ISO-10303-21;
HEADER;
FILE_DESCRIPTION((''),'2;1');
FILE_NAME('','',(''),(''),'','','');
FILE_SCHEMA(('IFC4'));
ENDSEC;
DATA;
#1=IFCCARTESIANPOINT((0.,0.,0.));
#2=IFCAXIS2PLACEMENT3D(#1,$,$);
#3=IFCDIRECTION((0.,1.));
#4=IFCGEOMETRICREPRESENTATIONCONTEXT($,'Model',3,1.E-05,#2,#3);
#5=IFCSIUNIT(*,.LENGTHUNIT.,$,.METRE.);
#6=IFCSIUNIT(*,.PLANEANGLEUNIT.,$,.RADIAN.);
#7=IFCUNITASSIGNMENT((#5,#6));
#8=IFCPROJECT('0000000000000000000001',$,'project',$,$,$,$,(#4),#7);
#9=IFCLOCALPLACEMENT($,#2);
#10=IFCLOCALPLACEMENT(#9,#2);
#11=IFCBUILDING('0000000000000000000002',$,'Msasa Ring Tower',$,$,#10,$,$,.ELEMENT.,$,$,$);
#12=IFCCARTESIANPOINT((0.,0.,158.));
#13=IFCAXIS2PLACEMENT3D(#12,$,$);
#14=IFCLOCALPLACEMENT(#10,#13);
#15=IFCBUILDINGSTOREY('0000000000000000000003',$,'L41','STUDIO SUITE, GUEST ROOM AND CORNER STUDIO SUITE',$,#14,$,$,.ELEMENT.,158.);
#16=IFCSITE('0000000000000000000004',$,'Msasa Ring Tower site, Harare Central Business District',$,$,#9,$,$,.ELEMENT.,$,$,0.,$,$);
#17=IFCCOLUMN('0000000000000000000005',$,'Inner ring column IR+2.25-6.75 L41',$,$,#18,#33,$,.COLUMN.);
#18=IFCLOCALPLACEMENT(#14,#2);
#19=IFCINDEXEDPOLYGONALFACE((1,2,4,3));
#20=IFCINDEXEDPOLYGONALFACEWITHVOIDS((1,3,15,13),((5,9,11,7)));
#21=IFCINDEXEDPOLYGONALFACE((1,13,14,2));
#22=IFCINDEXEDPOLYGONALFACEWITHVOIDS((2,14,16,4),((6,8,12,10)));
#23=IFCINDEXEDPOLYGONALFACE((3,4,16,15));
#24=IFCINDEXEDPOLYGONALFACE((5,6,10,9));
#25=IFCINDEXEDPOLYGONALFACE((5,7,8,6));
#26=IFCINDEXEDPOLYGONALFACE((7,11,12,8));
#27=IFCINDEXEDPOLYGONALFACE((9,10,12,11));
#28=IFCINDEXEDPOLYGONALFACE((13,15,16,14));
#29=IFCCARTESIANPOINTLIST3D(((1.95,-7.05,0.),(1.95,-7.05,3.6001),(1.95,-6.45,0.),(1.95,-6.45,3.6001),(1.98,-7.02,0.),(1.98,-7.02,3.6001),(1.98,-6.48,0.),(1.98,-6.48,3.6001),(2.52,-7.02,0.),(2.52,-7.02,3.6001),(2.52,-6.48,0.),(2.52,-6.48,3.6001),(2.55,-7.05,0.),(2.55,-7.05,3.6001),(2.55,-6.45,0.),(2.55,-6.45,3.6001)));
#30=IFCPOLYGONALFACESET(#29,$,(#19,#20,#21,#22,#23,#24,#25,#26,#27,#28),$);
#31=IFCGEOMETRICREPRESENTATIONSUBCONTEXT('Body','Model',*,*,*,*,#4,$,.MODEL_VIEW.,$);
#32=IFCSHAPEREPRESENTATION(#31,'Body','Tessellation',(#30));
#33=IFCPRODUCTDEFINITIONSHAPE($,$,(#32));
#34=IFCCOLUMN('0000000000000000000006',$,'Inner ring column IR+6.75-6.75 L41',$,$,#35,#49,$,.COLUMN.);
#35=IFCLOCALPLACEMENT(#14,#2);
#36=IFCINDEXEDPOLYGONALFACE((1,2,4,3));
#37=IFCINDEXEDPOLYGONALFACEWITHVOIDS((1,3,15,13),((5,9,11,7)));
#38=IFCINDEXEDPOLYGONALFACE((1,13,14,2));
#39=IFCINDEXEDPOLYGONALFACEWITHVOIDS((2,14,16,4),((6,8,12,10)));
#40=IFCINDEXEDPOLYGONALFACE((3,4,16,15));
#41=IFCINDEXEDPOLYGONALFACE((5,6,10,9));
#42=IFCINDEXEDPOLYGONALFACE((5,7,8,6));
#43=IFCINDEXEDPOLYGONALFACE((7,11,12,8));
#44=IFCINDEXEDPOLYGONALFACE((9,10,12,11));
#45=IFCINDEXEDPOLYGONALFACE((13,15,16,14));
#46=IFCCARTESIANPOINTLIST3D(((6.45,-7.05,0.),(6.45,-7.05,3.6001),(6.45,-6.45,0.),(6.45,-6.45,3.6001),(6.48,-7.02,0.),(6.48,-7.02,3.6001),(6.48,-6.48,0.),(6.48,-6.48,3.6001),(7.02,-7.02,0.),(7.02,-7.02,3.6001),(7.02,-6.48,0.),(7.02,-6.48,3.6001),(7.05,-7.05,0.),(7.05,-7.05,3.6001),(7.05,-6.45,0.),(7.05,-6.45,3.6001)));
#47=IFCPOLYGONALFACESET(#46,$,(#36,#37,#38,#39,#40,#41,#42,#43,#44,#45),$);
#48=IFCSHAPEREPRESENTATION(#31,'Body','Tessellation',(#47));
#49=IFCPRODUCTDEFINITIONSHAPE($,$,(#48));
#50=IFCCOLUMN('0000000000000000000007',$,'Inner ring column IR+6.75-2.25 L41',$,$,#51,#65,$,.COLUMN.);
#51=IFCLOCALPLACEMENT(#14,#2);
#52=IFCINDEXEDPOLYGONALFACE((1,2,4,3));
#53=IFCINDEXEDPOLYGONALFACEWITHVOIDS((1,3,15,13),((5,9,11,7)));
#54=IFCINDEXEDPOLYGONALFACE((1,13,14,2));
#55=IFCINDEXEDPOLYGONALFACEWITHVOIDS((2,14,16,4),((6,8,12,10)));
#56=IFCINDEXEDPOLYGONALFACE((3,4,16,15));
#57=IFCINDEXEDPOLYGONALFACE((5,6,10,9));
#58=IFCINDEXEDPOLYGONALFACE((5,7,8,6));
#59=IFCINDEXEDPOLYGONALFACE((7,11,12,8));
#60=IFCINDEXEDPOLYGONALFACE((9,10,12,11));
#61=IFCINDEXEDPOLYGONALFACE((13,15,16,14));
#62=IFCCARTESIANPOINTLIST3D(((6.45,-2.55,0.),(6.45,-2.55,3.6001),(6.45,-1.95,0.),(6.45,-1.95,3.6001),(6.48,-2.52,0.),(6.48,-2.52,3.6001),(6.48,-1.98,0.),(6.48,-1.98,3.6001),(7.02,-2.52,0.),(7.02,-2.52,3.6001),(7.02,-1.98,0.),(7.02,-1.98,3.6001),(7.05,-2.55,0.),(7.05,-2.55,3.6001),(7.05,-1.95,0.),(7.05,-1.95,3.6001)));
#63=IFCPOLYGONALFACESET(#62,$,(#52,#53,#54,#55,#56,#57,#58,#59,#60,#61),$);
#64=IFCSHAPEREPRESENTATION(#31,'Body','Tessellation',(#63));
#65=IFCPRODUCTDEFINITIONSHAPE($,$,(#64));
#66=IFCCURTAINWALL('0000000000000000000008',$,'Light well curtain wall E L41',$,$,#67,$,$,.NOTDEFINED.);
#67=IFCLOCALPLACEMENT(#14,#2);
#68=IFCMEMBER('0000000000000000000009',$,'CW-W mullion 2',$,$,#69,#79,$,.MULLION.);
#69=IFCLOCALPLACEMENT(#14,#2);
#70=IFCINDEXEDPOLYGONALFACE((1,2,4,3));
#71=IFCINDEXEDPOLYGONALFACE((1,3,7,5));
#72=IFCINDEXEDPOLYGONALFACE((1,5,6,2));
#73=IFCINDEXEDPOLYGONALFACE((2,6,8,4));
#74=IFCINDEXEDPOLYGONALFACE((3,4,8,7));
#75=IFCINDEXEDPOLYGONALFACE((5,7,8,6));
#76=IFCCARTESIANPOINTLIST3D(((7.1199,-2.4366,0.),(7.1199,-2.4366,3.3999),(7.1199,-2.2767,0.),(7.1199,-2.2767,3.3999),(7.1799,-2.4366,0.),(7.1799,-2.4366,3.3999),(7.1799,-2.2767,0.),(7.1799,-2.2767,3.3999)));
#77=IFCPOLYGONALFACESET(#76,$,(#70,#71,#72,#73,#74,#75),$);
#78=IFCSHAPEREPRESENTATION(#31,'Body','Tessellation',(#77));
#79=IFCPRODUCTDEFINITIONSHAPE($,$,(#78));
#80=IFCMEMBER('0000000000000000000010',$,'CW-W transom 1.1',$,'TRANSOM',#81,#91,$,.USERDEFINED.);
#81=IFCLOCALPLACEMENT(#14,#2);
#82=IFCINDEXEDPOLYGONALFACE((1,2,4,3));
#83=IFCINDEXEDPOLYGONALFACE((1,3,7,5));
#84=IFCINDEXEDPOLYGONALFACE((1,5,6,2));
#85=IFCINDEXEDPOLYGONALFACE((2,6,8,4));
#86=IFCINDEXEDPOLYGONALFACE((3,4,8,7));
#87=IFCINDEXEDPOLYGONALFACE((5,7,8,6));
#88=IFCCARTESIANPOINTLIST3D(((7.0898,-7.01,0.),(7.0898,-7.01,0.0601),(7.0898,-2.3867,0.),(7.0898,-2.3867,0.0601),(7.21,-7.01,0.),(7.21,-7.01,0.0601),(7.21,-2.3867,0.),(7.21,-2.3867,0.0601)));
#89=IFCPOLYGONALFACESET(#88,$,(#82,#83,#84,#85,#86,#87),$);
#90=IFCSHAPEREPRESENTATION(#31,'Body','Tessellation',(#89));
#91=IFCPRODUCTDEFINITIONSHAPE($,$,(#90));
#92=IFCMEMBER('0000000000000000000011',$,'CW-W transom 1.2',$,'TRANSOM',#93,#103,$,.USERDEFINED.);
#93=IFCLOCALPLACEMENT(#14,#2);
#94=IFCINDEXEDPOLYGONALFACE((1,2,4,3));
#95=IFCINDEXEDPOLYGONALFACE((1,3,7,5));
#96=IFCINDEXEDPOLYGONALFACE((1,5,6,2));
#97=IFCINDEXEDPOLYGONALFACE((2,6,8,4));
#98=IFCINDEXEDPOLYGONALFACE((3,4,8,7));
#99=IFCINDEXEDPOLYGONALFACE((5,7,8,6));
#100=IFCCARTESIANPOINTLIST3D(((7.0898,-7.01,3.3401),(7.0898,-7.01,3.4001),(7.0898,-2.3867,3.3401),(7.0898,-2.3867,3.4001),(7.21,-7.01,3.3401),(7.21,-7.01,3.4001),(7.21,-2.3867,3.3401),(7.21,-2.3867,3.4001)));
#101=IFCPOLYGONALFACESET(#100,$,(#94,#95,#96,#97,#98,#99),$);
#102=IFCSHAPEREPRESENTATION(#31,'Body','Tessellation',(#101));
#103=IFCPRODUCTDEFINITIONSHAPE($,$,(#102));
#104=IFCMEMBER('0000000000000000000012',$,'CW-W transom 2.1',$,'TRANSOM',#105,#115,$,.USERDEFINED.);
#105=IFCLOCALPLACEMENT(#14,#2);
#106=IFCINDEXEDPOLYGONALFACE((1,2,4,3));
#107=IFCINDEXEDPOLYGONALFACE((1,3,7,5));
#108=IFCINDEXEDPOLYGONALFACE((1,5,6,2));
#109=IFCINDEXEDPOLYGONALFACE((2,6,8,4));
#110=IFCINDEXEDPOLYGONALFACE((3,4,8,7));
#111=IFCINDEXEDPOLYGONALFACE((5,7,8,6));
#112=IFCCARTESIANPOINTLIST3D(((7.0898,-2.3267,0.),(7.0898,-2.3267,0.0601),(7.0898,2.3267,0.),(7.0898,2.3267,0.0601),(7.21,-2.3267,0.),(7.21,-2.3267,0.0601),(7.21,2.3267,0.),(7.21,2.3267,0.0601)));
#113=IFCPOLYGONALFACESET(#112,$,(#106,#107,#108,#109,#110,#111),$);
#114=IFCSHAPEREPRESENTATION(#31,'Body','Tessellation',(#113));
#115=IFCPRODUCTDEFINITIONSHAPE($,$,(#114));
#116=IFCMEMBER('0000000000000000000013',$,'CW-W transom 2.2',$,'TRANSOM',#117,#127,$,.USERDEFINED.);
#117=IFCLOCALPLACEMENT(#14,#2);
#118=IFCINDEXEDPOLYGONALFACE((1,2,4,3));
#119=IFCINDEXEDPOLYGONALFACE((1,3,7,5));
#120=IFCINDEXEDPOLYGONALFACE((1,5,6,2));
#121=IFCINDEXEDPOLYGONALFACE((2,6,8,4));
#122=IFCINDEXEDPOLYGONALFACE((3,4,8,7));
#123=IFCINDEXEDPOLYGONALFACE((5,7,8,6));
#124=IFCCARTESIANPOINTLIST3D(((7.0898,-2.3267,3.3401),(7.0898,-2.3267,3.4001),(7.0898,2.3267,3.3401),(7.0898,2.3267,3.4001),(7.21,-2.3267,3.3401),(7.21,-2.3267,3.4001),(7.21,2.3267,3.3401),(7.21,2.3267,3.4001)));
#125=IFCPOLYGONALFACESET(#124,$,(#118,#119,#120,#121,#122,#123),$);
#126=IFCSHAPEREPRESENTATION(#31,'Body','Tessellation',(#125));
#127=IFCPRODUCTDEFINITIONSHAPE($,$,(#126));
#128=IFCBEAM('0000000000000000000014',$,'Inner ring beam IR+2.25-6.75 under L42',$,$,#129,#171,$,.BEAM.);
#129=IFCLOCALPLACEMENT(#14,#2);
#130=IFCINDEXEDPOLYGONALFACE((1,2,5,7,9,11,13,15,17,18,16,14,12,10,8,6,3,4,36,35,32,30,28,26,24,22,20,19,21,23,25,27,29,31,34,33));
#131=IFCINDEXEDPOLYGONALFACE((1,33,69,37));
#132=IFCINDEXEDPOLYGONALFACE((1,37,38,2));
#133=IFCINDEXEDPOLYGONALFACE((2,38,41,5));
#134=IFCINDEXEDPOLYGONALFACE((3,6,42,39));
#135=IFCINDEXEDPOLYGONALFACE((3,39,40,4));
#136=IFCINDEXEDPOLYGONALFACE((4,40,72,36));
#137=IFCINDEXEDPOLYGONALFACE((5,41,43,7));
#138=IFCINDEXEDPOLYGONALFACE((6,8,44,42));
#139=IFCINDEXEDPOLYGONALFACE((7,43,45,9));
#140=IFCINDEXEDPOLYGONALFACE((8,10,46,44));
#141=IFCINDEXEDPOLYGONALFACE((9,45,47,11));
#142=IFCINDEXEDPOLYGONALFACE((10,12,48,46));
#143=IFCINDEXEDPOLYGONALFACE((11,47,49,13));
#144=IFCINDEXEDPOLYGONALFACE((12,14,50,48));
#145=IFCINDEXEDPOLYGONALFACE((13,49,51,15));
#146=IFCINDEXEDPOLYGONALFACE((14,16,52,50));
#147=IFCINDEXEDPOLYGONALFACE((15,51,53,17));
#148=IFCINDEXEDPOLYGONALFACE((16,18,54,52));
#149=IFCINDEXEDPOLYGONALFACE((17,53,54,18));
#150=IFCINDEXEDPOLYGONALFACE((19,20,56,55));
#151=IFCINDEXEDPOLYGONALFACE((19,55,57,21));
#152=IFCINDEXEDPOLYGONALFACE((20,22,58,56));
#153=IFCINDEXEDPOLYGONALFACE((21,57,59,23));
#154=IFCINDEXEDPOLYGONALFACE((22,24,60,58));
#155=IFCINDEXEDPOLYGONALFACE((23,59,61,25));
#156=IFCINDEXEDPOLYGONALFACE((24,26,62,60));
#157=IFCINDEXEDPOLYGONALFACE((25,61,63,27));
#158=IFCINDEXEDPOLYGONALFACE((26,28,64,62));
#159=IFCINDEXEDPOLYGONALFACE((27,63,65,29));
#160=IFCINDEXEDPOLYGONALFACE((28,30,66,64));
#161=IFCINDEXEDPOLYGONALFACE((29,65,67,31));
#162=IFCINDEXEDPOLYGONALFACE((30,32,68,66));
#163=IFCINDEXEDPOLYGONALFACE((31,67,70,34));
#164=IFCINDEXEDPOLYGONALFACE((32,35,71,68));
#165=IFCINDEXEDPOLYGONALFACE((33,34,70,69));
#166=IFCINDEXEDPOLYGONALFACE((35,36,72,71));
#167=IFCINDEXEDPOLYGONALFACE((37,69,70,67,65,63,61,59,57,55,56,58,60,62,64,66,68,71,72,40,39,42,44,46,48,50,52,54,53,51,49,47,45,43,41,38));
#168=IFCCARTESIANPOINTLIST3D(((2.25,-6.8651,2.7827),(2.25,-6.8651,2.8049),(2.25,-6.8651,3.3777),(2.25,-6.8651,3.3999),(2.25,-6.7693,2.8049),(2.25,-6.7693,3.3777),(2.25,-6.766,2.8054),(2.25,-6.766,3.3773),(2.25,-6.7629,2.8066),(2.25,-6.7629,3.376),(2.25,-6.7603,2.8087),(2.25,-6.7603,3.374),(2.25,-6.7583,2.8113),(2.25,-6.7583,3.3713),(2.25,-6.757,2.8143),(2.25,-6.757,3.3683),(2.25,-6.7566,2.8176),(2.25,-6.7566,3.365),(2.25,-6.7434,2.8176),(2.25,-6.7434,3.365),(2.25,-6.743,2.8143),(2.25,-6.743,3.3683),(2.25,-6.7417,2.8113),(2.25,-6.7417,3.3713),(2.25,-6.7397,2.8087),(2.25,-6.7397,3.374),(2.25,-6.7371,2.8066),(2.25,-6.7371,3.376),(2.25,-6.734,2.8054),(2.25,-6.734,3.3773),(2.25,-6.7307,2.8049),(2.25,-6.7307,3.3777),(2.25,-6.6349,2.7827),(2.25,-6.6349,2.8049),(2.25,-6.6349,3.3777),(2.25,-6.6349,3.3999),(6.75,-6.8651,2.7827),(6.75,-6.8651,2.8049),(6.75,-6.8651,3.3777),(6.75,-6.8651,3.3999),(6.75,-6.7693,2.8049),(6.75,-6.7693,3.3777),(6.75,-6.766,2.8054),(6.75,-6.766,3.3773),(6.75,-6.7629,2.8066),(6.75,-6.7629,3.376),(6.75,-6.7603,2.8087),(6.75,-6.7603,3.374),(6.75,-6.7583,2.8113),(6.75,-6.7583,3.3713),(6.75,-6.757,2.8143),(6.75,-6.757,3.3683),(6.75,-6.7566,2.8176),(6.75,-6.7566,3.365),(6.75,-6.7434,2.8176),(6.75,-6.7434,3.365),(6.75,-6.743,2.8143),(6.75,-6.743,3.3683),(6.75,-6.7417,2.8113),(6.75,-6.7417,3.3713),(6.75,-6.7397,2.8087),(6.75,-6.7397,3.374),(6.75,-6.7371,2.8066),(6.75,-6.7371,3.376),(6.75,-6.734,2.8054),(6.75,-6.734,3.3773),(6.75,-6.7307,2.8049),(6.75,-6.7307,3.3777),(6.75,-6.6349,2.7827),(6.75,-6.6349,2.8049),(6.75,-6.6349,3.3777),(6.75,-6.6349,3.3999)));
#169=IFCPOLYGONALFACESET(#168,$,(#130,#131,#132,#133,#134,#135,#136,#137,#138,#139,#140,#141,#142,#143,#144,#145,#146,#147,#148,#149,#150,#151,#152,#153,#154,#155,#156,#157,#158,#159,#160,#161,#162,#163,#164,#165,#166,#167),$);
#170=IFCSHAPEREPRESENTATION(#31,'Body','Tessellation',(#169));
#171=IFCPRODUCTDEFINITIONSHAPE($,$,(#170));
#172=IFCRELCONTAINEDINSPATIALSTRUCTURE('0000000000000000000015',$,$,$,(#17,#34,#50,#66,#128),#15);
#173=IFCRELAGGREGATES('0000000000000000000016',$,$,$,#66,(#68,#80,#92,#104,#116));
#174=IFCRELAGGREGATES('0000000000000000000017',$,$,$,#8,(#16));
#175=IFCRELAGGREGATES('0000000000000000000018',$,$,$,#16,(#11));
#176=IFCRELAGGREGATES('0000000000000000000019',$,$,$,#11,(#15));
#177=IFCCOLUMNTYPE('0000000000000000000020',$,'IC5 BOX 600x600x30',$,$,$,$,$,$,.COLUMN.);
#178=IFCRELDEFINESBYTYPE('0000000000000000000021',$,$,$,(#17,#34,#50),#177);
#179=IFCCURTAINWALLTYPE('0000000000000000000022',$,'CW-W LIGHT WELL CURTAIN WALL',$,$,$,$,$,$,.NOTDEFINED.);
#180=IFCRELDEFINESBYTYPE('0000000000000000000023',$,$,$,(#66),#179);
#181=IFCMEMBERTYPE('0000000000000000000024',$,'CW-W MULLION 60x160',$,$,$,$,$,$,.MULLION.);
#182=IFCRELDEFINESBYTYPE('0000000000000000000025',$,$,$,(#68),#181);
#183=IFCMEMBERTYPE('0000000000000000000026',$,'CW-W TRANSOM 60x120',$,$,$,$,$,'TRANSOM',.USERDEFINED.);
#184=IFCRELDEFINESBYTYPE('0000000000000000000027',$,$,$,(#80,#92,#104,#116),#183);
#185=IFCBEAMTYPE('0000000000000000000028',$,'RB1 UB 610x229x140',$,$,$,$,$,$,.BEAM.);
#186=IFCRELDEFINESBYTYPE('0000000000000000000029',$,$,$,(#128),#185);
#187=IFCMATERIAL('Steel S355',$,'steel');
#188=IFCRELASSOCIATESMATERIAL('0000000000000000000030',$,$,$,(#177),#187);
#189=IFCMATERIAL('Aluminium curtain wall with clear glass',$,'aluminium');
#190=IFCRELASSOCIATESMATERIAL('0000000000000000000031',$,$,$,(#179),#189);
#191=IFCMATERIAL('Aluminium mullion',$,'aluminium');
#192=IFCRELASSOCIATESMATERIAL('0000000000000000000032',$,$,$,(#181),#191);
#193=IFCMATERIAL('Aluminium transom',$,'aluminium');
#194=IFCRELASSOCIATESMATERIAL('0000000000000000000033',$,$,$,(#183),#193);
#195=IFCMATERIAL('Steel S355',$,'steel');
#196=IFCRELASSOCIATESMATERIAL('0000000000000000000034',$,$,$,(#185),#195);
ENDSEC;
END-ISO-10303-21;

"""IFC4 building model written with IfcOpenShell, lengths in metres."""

from ifc_helpers import new_model, si_unit, direction, frame, origin, origin_2d, place, context, subcontext, project, spatial, rectangle, hollow_rectangle, i_section, extrude, material, material_profile, profile_set, type_object, element, aggregate, save


model = new_model("IFC4")

# Units and contexts
model_context = context("Model", 3, precision=1e-05, world=origin(), true_north=direction((0.0, 1.0)))
body_context = subcontext(model_context, "Body", "Model", "MODEL_VIEW")
ifc_project = project(units=[si_unit("LENGTHUNIT", "METRE"), si_unit("PLANEANGLEUNIT", "RADIAN")], contexts=[model_context])

# Site, building, storey
site_placement = place(None, origin())
site = spatial("IfcSite", under=ifc_project, at=site_placement, Name="Msasa Ring Tower site, Harare Central Business District", CompositionType="ELEMENT", RefElevation=0.0)
building_placement = place(site_placement, origin())
building = spatial("IfcBuilding", under=site, at=building_placement, Name="Msasa Ring Tower", CompositionType="ELEMENT")
storey_placement = place(building_placement, frame((0.0, 0.0, 158.0)))
storey = spatial("IfcBuildingStorey", under=building, at=storey_placement, Name="L41", Description="STUDIO SUITE, GUEST ROOM AND CORNER STUDIO SUITE", CompositionType="ELEMENT", Elevation=158.0)

# Columns
ifc_material_1 = material(Name="Steel S355", Category="steel")
ifc_material_profile_1 = material_profile(ifc_material_1, hollow_rectangle(XDim=0.6001, YDim=0.6001, WallThickness=0.03, at=origin_2d()), Name="BOX 600x600x30")
ifc_profile_set_1 = profile_set([ifc_material_profile_1], Name="Steel S355")
column_type = type_object("IfcColumnType", Name="IC5 BOX 600x600x30", PredefinedType="COLUMN", material=ifc_profile_set_1)
for number, where, z_axis, x_axis, name in (
    (1, (2.25, -6.75, 0.0), (0.0, 0.0, 1.0), (1.0, 0.0, 0.0), "Inner ring column IR+2.25-6.75 L41"),
    (2, (6.75, -6.75, 0.0), (0.0, 0.0, 1.0), (1.0, 0.0, 0.0), "Inner ring column IR+6.75-6.75 L41"),
    (3, (6.75, -2.25, 0.0), (0.0, 0.0, 1.0), (1.0, 0.0, 0.0), "Inner ring column IR+6.75-2.25 L41"),
):
    element("IfcColumn", number, at=place(storey_placement, frame(where, z_axis=z_axis, x_axis=x_axis)), inside=storey, type_object=column_type, Name=name, PredefinedType="COLUMN", context=body_context, shape_type="SweptSolid", body=[
        extrude(hollow_rectangle(XDim=0.6001, YDim=0.6001, WallThickness=0.03, at=origin_2d()), origin(), (0.0, 0.0, 1.0), 3.6001),
    ])

# Curtain wall, members
ifc_material_2 = material(Name="Aluminium curtain wall with clear glass", Category="aluminium")
curtain_wall_type = type_object("IfcCurtainWallType", Name="CW-W LIGHT WELL CURTAIN WALL", PredefinedType="NOTDEFINED", material=ifc_material_2)
curtain_wall_placement = place(storey_placement, origin())
curtain_wall = element("IfcCurtainWall", 4, at=curtain_wall_placement, inside=storey, type_object=curtain_wall_type, Name="Light well curtain wall E L41", PredefinedType="NOTDEFINED")
ifc_material_3 = material(Name="Aluminium mullion", Category="aluminium")
ifc_material_profile_2 = material_profile(ifc_material_3, rectangle(XDim=0.0601, YDim=0.1599, at=origin_2d()), Name="AL 60x160")
ifc_profile_set_2 = profile_set([ifc_material_profile_2], Name="Aluminium mullion")
member_type_1 = type_object("IfcMemberType", Name="CW-W MULLION 60x160", PredefinedType="MULLION", material=ifc_profile_set_2)
member_1_placement = place(storey_placement, frame((7.1499, -2.3567, 0.0), z_axis=(0.0, 0.0, 1.0), x_axis=(-1.0, 0.0, 0.0)))
member_1 = element("IfcMember", 5, at=member_1_placement, type_object=member_type_1, Name="CW-W mullion 2", PredefinedType="MULLION", context=body_context, shape_type="SweptSolid", body=[
    extrude(rectangle(XDim=0.0601, YDim=0.1599, at=origin_2d()), origin(), (0.0, 0.0, 1.0), 3.3999),
])
ifc_material_4 = material(Name="Aluminium transom", Category="aluminium")
ifc_material_profile_3 = material_profile(ifc_material_4, rectangle(XDim=0.1201, YDim=0.0601, at=origin_2d()), Name="AL 60x120")
ifc_profile_set_3 = profile_set([ifc_material_profile_3], Name="Aluminium transom")
member_type_2 = type_object("IfcMemberType", Name="CW-W TRANSOM 60x120", ElementType="TRANSOM", PredefinedType="USERDEFINED", material=ifc_profile_set_3)
member_2_placement = place(storey_placement, frame((7.1499, -7.01, 0.03), z_axis=(0.0, 1.0, 0.0), x_axis=(-1.0, 0.0, 0.0)))
member_2 = element("IfcMember", 6, at=member_2_placement, type_object=member_type_2, Name="CW-W transom 1.1", ObjectType="TRANSOM", PredefinedType="USERDEFINED", context=body_context, shape_type="SweptSolid", body=[
    extrude(rectangle(XDim=0.1201, YDim=0.0601, at=origin_2d()), origin(), (0.0, 0.0, 1.0), 4.6233),
])
member_3_placement = place(storey_placement, frame((7.1499, -7.01, 3.3701), z_axis=(0.0, 1.0, 0.0), x_axis=(-1.0, 0.0, 0.0)))
member_3 = element("IfcMember", 7, at=member_3_placement, type_object=member_type_2, Name="CW-W transom 1.2", ObjectType="TRANSOM", PredefinedType="USERDEFINED", context=body_context, shape_type="SweptSolid", body=[
    extrude(rectangle(XDim=0.1201, YDim=0.0601, at=origin_2d()), origin(), (0.0, 0.0, 1.0), 4.6233),
])
member_4_placement = place(storey_placement, frame((7.1499, -2.3267, 0.03), z_axis=(0.0, 1.0, 0.0), x_axis=(-1.0, 0.0, 0.0)))
member_4 = element("IfcMember", 8, at=member_4_placement, type_object=member_type_2, Name="CW-W transom 2.1", ObjectType="TRANSOM", PredefinedType="USERDEFINED", context=body_context, shape_type="SweptSolid", body=[
    extrude(rectangle(XDim=0.1201, YDim=0.0601, at=origin_2d()), origin(), (0.0, 0.0, 1.0), 4.6533),
])
member_5_placement = place(storey_placement, frame((7.1499, -2.3267, 3.3701), z_axis=(0.0, 1.0, 0.0), x_axis=(-1.0, 0.0, 0.0)))
member_5 = element("IfcMember", 9, at=member_5_placement, type_object=member_type_2, Name="CW-W transom 2.2", ObjectType="TRANSOM", PredefinedType="USERDEFINED", context=body_context, shape_type="SweptSolid", body=[
    extrude(rectangle(XDim=0.1201, YDim=0.0601, at=origin_2d()), origin(), (0.0, 0.0, 1.0), 4.6533),
])

# Beam
ifc_material_5 = material(Name="Steel S355", Category="steel")
ifc_material_profile_4 = material_profile(ifc_material_5, i_section(OverallWidth=0.2302, OverallDepth=0.6172, WebThickness=0.0132, FlangeThickness=0.0222, FilletRadius=0.0127, at=origin_2d()), Name="UB 610x229x140")
ifc_profile_set_4 = profile_set([ifc_material_profile_4], Name="Steel S355")
beam_type = type_object("IfcBeamType", Name="RB1 UB 610x229x140", PredefinedType="BEAM", material=ifc_profile_set_4)
for number, where, z_axis, x_axis, name in (
    (10, (2.25, -6.75, 3.0913), (1.0, 0.0, 0.0), (0.0, 1.0, 0.0), "Inner ring beam IR+2.25-6.75 under L42"),
):
    element("IfcBeam", number, at=place(storey_placement, frame(where, z_axis=z_axis, x_axis=x_axis)), inside=storey, type_object=beam_type, Name=name, PredefinedType="BEAM", context=body_context, shape_type="SweptSolid", body=[
        extrude(i_section(OverallWidth=0.2302, OverallDepth=0.6172, WebThickness=0.0132, FlangeThickness=0.0222, FilletRadius=0.0127, at=origin_2d()), origin(), (0.0, 0.0, 1.0), 4.5),
    ])

aggregate(curtain_wall, [member_1, member_2, member_3, member_4, member_5])

save(model, "model.ifc")
